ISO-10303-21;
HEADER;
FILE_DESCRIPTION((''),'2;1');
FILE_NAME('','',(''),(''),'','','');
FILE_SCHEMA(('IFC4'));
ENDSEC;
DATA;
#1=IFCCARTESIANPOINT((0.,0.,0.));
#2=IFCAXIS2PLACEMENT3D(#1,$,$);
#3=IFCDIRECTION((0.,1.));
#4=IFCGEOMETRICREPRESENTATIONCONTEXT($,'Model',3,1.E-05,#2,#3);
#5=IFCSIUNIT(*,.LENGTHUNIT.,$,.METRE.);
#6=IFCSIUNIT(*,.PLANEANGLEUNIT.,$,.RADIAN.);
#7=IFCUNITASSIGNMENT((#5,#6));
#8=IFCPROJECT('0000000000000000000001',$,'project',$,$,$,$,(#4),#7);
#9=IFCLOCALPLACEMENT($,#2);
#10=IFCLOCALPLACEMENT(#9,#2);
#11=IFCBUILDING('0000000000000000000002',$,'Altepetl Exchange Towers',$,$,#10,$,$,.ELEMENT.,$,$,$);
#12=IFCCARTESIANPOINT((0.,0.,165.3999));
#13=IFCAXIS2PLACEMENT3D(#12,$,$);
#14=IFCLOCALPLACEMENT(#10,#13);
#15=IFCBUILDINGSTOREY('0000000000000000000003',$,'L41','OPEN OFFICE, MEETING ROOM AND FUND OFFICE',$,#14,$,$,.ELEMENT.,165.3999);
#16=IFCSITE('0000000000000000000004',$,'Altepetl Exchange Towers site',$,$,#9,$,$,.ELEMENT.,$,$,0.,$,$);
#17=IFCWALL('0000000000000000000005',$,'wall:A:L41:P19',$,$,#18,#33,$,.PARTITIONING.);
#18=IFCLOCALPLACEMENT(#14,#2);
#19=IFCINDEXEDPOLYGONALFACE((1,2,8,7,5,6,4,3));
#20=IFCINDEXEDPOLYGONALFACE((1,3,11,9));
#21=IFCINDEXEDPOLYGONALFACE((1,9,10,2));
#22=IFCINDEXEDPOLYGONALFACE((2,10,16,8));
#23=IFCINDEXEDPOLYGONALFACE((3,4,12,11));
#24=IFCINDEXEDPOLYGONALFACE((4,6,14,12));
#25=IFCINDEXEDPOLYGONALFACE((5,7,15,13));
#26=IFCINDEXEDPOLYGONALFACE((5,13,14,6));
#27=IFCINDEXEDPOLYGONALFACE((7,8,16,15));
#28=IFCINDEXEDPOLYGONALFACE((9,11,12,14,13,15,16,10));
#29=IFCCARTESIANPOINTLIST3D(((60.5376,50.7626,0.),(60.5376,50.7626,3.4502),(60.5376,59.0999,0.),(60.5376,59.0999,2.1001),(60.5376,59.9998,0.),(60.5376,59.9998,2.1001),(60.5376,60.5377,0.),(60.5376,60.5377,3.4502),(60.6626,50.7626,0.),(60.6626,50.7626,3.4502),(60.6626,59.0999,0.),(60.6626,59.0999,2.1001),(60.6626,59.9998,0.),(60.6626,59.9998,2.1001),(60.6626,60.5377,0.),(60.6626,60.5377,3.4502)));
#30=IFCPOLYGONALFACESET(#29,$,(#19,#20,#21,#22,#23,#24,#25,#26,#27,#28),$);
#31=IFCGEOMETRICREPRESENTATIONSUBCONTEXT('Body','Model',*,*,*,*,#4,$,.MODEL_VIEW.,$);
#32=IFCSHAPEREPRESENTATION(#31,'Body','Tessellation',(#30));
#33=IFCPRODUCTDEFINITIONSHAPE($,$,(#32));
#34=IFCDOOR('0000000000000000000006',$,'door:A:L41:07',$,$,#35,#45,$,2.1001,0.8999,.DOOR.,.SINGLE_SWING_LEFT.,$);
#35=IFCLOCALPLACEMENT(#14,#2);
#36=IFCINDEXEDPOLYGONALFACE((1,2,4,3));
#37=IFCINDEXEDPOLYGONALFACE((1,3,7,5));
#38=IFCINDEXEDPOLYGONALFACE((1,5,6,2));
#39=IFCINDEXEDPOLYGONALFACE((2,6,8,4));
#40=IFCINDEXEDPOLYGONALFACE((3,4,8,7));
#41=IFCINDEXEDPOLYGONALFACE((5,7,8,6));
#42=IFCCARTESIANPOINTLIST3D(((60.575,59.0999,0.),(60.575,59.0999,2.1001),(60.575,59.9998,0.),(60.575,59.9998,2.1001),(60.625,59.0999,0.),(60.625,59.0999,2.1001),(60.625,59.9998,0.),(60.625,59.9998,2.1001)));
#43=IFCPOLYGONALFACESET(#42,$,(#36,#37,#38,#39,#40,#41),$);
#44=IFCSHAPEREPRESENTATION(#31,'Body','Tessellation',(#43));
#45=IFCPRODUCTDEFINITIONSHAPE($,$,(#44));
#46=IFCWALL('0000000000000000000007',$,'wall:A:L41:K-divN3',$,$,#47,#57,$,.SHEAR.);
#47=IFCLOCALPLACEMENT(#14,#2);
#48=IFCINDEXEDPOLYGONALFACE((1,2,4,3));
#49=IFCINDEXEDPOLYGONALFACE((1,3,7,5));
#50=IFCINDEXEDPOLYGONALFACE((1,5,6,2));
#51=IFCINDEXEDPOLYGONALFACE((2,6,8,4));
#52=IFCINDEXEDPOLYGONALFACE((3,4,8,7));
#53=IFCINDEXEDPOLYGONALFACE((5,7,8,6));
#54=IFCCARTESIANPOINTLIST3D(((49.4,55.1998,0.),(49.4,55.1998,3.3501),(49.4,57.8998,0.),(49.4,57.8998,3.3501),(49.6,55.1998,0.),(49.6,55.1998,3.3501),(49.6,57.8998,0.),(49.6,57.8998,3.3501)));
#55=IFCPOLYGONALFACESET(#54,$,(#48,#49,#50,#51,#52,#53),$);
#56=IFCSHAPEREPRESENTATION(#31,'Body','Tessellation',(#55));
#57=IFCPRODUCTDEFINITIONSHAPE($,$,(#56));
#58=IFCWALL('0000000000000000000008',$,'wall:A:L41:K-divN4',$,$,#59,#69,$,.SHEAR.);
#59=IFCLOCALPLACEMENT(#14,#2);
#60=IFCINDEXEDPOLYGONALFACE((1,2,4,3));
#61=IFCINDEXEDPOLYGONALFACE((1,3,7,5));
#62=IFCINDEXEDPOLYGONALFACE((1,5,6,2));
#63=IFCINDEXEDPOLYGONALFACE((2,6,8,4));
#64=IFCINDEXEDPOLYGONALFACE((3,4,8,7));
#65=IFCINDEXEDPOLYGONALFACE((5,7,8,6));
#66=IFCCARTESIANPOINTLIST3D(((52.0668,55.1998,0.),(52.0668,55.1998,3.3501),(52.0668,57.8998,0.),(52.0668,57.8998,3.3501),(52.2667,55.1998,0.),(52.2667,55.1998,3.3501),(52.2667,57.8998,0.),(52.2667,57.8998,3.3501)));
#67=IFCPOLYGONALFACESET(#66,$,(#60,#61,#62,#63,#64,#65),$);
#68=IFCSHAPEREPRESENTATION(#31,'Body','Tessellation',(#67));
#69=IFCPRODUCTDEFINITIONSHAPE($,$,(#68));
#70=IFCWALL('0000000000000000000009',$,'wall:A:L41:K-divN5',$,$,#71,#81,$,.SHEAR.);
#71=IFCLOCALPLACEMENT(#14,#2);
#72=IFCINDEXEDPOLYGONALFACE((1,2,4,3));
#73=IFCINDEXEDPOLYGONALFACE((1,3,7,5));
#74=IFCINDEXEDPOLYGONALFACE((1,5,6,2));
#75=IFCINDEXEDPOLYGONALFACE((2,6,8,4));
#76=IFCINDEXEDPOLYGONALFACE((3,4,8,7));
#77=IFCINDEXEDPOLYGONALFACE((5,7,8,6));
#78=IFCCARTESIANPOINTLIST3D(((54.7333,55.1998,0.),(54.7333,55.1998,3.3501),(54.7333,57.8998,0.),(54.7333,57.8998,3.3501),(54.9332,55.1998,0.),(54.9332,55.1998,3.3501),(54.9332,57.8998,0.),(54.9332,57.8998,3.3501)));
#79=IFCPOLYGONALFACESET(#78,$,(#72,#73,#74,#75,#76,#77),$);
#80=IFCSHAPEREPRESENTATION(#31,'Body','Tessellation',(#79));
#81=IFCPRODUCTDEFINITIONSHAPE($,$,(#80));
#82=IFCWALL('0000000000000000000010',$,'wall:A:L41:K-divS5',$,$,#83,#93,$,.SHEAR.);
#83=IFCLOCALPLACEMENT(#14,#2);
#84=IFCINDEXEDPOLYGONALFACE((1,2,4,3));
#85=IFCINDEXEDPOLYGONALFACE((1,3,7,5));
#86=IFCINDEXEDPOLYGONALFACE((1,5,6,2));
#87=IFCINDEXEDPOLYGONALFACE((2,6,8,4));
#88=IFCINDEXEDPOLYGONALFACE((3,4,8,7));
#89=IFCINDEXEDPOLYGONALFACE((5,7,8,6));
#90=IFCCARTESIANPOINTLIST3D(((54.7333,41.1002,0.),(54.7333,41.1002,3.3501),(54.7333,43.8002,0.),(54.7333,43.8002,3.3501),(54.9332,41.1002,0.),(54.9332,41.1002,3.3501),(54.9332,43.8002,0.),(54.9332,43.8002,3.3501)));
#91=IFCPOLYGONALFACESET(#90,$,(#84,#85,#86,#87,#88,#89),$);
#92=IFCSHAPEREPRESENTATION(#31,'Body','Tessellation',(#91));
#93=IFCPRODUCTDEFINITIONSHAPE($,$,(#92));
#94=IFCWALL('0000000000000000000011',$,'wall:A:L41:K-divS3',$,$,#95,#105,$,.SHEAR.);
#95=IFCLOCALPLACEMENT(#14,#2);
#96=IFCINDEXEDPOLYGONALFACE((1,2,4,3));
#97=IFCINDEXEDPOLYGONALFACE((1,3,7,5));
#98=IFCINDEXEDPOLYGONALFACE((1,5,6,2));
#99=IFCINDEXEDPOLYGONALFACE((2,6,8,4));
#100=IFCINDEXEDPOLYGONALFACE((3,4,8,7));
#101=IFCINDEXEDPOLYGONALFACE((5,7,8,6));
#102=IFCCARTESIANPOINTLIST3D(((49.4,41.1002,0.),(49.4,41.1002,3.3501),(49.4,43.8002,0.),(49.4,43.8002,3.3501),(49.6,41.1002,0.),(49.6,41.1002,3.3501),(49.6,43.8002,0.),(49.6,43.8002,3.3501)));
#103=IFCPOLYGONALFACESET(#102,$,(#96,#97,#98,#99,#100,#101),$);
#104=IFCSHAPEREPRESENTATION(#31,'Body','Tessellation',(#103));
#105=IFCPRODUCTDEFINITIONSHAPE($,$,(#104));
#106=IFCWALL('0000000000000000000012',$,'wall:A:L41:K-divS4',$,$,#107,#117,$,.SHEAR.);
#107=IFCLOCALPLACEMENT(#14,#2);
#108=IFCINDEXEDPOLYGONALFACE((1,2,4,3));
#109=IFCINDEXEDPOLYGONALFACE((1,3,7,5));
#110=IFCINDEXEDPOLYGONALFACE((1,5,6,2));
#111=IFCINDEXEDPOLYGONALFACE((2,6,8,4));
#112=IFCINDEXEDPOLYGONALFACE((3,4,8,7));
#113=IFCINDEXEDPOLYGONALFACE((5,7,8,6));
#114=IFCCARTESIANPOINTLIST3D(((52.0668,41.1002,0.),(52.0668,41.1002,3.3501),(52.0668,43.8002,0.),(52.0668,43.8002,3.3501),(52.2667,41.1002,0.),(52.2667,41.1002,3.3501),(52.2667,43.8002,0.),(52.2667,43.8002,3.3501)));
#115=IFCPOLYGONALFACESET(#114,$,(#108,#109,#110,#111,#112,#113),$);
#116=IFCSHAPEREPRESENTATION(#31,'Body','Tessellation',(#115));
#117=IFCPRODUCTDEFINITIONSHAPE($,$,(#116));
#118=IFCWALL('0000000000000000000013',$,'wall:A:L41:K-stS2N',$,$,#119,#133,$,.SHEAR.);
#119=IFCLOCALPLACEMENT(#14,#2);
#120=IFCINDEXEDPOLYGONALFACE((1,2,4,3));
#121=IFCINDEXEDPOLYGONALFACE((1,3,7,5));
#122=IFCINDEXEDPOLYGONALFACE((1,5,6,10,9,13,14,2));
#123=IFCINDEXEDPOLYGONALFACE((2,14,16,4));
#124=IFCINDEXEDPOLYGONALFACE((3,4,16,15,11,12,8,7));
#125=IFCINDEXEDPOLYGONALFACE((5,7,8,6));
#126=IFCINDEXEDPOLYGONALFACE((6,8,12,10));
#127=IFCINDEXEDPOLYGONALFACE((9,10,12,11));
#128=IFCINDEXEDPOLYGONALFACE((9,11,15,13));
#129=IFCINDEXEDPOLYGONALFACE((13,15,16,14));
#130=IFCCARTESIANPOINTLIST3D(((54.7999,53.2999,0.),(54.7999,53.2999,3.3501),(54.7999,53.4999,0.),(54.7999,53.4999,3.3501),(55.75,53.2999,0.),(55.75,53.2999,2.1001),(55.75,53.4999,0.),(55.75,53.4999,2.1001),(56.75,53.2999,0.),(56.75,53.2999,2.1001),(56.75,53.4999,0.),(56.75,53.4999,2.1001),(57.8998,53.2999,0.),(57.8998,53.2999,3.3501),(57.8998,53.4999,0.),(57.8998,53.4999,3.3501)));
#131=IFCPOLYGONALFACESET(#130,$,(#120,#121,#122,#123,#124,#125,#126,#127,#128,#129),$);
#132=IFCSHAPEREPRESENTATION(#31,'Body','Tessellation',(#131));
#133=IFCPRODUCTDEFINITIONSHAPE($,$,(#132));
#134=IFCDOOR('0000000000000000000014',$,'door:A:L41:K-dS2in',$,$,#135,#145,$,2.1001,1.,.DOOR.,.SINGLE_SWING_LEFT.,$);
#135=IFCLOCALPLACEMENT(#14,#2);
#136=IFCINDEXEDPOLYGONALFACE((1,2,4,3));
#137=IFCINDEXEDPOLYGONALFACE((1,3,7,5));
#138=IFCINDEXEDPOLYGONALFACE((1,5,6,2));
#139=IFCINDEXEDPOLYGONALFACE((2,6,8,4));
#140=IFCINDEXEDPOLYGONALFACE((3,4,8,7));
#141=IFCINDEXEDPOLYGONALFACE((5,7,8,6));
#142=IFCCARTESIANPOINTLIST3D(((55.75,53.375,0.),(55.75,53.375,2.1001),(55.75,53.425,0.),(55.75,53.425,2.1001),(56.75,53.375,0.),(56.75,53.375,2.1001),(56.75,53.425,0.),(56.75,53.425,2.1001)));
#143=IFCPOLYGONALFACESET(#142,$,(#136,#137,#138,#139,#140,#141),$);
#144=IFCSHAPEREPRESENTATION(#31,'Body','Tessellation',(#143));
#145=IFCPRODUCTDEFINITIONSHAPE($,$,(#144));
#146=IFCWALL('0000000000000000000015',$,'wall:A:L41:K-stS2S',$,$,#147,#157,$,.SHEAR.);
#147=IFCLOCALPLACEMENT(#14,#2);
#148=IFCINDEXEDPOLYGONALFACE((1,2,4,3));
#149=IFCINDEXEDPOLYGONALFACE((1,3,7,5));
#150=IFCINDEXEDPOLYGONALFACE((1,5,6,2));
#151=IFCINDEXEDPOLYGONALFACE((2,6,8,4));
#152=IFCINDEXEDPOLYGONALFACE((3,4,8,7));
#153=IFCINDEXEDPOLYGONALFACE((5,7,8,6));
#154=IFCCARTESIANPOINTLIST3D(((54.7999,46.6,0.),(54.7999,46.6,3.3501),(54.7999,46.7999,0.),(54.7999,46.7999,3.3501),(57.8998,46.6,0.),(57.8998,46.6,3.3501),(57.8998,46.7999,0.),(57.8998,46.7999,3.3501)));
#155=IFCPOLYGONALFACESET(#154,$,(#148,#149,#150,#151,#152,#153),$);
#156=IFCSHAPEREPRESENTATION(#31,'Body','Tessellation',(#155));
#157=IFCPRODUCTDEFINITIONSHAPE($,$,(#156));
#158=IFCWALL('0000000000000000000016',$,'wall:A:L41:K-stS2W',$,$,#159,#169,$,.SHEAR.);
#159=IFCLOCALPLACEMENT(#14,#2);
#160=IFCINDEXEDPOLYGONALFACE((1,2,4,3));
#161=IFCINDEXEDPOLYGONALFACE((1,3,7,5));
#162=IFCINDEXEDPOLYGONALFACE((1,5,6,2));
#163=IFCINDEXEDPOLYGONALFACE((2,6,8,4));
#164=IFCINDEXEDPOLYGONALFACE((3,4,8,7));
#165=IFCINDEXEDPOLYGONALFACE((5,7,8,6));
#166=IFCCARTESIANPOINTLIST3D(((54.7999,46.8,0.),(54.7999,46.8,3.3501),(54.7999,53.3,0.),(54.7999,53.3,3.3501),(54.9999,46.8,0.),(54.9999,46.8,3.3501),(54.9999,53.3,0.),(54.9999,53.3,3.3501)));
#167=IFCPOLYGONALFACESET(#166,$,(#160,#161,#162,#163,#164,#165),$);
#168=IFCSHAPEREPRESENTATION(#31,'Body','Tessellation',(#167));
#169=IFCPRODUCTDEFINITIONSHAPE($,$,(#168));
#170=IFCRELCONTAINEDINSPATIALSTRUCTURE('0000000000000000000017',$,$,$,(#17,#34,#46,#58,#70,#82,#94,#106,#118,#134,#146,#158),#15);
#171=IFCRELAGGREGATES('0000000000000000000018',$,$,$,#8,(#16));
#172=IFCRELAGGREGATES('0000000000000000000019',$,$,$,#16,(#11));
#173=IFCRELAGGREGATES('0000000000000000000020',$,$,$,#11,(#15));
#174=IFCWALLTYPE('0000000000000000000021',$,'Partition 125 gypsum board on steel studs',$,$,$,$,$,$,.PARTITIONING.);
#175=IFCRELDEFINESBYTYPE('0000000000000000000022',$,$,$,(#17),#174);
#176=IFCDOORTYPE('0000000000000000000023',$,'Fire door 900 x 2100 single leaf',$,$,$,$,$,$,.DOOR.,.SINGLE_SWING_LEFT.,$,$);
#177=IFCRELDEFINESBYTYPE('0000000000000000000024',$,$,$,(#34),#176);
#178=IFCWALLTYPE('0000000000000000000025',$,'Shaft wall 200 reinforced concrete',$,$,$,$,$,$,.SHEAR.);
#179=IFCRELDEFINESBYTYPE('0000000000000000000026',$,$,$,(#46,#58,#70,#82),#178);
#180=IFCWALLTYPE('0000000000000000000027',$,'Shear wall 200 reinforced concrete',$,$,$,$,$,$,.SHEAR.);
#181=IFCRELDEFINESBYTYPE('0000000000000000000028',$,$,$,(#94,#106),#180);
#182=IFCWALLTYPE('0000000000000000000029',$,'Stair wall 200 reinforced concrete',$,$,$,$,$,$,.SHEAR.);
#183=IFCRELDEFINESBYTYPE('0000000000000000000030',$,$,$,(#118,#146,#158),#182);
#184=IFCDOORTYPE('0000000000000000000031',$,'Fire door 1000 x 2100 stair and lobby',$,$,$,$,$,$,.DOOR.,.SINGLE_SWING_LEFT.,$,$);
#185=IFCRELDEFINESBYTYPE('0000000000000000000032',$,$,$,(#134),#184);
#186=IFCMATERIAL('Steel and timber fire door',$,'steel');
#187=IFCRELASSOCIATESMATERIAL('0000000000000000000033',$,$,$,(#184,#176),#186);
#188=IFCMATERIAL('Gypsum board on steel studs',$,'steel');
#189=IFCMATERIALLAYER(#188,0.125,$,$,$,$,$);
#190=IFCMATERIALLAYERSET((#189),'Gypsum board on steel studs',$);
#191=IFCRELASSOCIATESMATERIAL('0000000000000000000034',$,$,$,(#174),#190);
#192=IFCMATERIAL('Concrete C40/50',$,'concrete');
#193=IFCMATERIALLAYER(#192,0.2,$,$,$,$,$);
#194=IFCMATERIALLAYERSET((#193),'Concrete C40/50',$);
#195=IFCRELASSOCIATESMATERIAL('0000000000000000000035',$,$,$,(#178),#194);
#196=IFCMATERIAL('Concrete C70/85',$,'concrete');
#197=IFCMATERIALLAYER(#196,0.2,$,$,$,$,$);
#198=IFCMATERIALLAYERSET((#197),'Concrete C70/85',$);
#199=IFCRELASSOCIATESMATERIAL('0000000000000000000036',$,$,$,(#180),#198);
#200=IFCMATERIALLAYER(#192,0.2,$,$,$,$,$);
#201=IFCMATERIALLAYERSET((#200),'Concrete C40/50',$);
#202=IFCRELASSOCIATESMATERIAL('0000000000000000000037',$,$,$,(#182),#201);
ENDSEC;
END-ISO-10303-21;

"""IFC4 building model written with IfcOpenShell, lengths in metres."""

from ifc_helpers import new_model, si_unit, direction, frame, frame_2d, origin, place, context, subcontext, project, spatial, rectangle, extrude, material, layer, layer_set, type_object, element, fill, save


model = new_model("IFC4")

# Units and contexts
model_context = context("Model", 3, precision=1e-05, world=origin(), true_north=direction((0.0, 1.0)))
body_context = subcontext(model_context, "Body", "Model", "MODEL_VIEW")
ifc_project = project(units=[si_unit("LENGTHUNIT", "METRE"), si_unit("PLANEANGLEUNIT", "RADIAN")], contexts=[model_context])

# Site, building, storey
site_placement = place(None, origin())
site = spatial("IfcSite", under=ifc_project, at=site_placement, Name="Altepetl Exchange Towers site", CompositionType="ELEMENT", RefElevation=0.0)
building_placement = place(site_placement, origin())
building = spatial("IfcBuilding", under=site, at=building_placement, Name="Altepetl Exchange Towers", CompositionType="ELEMENT")
storey_placement = place(building_placement, frame((0.0, 0.0, 165.3999)))
storey = spatial("IfcBuildingStorey", under=building, at=storey_placement, Name="L41", Description="OPEN OFFICE, MEETING ROOM AND FUND OFFICE", CompositionType="ELEMENT", Elevation=165.3999)

# Shared definitions
ifc_material_1 = material(Name="Concrete C70/85", Category="concrete")
ifc_material_2 = material(Name="Steel and timber fire door", Category="steel")
door_type_1 = type_object("IfcDoorType", Name="Fire door 1000 x 2100 stair and lobby", OperationType="SINGLE_SWING_LEFT", PredefinedType="DOOR", material=ifc_material_2)

# Shared definitions
ifc_material_3 = material(Name="Gypsum board on steel studs", Category="steel")
ifc_layer_1 = layer(ifc_material_3, 0.125)
ifc_layer_set_1 = layer_set([ifc_layer_1], Name="Gypsum board on steel studs")
wall_type_1 = type_object("IfcWallType", Name="Partition 125 gypsum board on steel studs", PredefinedType="PARTITIONING", material=ifc_layer_set_1)

# Wall, opening, door
wall_1_placement = place(storey_placement, frame((60.6001, 50.7625, 0.0), z_axis=(0.0, 0.0, 1.0), x_axis=(0.0, 1.0, 0.0)))
wall_1 = element("IfcWall", 1, at=wall_1_placement, inside=storey, type_object=wall_type_1, Name="wall:A:L41:P19", PredefinedType="PARTITIONING", context=body_context, shape_type="SweptSolid", body=[
    extrude(rectangle(XDim=9.7751, YDim=0.125, at=frame_2d((4.8877, 0.0))), origin(), (0.0, 0.0, 1.0), 3.4502),
])
opening_1_placement = place(wall_1_placement, frame((8.3374, 0.0, 0.0)))
opening_1 = element("IfcOpeningElement", 2, at=opening_1_placement, cuts=wall_1, PredefinedType="OPENING", context=body_context, shape_type="SweptSolid", body=[
    extrude(rectangle(XDim=0.8999, YDim=2.1001, at=frame_2d((0.45, 1.05))), frame((0.0, 0.0725, 0.0), z_axis=(0.0, -1.0, 0.0), x_axis=(1.0, 0.0, 0.0)), (0.0, 0.0, 1.0), 0.145),
])
door_type_2 = type_object("IfcDoorType", Name="Fire door 900 x 2100 single leaf", OperationType="SINGLE_SWING_LEFT", PredefinedType="DOOR", material=ifc_material_2)
door_1_placement = place(opening_1_placement, frame((0.8999, 0.0, 0.0), x_axis=(-1.0, 0.0, 0.0)))
door_1 = element("IfcDoor", 3, at=door_1_placement, inside=storey, type_object=door_type_2, Name="door:A:L41:07", OperationType="SINGLE_SWING_LEFT", OverallHeight=2.1001, OverallWidth=0.8999, PredefinedType="DOOR", context=body_context, shape_type="SweptSolid", body=[
    extrude(rectangle(XDim=0.8999, YDim=2.1001, at=frame_2d((0.45, 1.05))), frame((0.0, 0.0249, 0.0), z_axis=(0.0, -1.0, 0.0), x_axis=(1.0, 0.0, 0.0)), (0.0, 0.0, 1.0), 0.05),
])
fill(opening_1, door_1)

# Walls
ifc_material_4 = material(Name="Concrete C40/50", Category="concrete")
ifc_layer_2 = layer(ifc_material_4, 0.2)
ifc_layer_set_2 = layer_set([ifc_layer_2], Name="Concrete C40/50")
wall_type_2 = type_object("IfcWallType", Name="Shaft wall 200 reinforced concrete", PredefinedType="SHEAR", material=ifc_layer_set_2)
for number, where, z_axis, x_axis, name in (
    (4, (49.5, 57.8999, 0.0), (0.0, 0.0, 1.0), (0.0, -1.0, 0.0), "wall:A:L41:K-divN3"),
    (5, (52.1667, 57.8999, 0.0), (0.0, 0.0, 1.0), (0.0, -1.0, 0.0), "wall:A:L41:K-divN4"),
    (6, (54.8333, 57.8999, 0.0), (0.0, 0.0, 1.0), (0.0, -1.0, 0.0), "wall:A:L41:K-divN5"),
    (7, (54.8333, 41.1001, 0.0), (0.0, 0.0, 1.0), (0.0, 1.0, 0.0), "wall:A:L41:K-divS5"),
):
    element("IfcWall", number, at=place(storey_placement, frame(where, z_axis=z_axis, x_axis=x_axis)), inside=storey, type_object=wall_type_2, Name=name, PredefinedType="SHEAR", context=body_context, shape_type="SweptSolid", body=[
        extrude(rectangle(XDim=2.7, YDim=0.2, at=frame_2d((1.3501, 0.0))), origin(), (0.0, 0.0, 1.0), 3.3501),
    ])
ifc_layer_3 = layer(ifc_material_1, 0.2)
ifc_layer_set_3 = layer_set([ifc_layer_3], Name="Concrete C70/85")
wall_type_3 = type_object("IfcWallType", Name="Shear wall 200 reinforced concrete", PredefinedType="SHEAR", material=ifc_layer_set_3)
for number, where, z_axis, x_axis, name in (
    (8, (49.5, 41.1001, 0.0), (0.0, 0.0, 1.0), (0.0, 1.0, 0.0), "wall:A:L41:K-divS3"),
    (9, (52.1667, 41.1001, 0.0), (0.0, 0.0, 1.0), (0.0, 1.0, 0.0), "wall:A:L41:K-divS4"),
):
    element("IfcWall", number, at=place(storey_placement, frame(where, z_axis=z_axis, x_axis=x_axis)), inside=storey, type_object=wall_type_3, Name=name, PredefinedType="SHEAR", context=body_context, shape_type="SweptSolid", body=[
        extrude(rectangle(XDim=2.7, YDim=0.2, at=frame_2d((1.3501, 0.0))), origin(), (0.0, 0.0, 1.0), 3.3501),
    ])

# Wall, opening, door
ifc_layer_4 = layer(ifc_material_4, 0.2)
ifc_layer_set_4 = layer_set([ifc_layer_4], Name="Concrete C40/50")
wall_type_4 = type_object("IfcWallType", Name="Stair wall 200 reinforced concrete", PredefinedType="SHEAR", material=ifc_layer_set_4)
wall_2_placement = place(storey_placement, frame((54.8, 53.3999, 0.0)))
wall_2 = element("IfcWall", 10, at=wall_2_placement, inside=storey, type_object=wall_type_4, Name="wall:A:L41:K-stS2N", PredefinedType="SHEAR", context=body_context, shape_type="SweptSolid", body=[
    extrude(rectangle(XDim=3.0999, YDim=0.2, at=frame_2d((1.5498, 0.0))), origin(), (0.0, 0.0, 1.0), 3.3501),
])
opening_2_placement = place(wall_2_placement, frame((0.95, 0.0, 0.0)))
opening_2 = element("IfcOpeningElement", 11, at=opening_2_placement, cuts=wall_2, PredefinedType="OPENING", context=body_context, shape_type="SweptSolid", body=[
    extrude(rectangle(XDim=1.0, YDim=2.1001, at=frame_2d((0.5, 1.05))), frame((0.0, 0.1099, 0.0), z_axis=(0.0, -1.0, 0.0), x_axis=(1.0, 0.0, 0.0)), (0.0, 0.0, 1.0), 0.22),
])
door_2_placement = place(opening_2_placement, frame((1.0, 0.0, 0.0), x_axis=(-1.0, 0.0, 0.0)))
door_2 = element("IfcDoor", 12, at=door_2_placement, inside=storey, type_object=door_type_1, Name="door:A:L41:K-dS2in", OperationType="SINGLE_SWING_LEFT", OverallHeight=2.1001, OverallWidth=1.0, PredefinedType="DOOR", context=body_context, shape_type="SweptSolid", body=[
    extrude(rectangle(XDim=1.0, YDim=2.1001, at=frame_2d((0.5, 1.05))), frame((0.0, 0.0249, 0.0), z_axis=(0.0, -1.0, 0.0), x_axis=(1.0, 0.0, 0.0)), (0.0, 0.0, 1.0), 0.05),
])
fill(opening_2, door_2)

# Walls
wall_3_placement = place(storey_placement, frame((54.8, 46.7, 0.0)))
element("IfcWall", 13, at=wall_3_placement, inside=storey, type_object=wall_type_4, Name="wall:A:L41:K-stS2S", PredefinedType="SHEAR", context=body_context, shape_type="SweptSolid", body=[
    extrude(rectangle(XDim=3.0999, YDim=0.2, at=frame_2d((1.5498, 0.0))), origin(), (0.0, 0.0, 1.0), 3.3501),
])
wall_4_placement = place(storey_placement, frame((54.8999, 46.8, 0.0), z_axis=(0.0, 0.0, 1.0), x_axis=(0.0, 1.0, 0.0)))
element("IfcWall", 14, at=wall_4_placement, inside=storey, type_object=wall_type_4, Name="wall:A:L41:K-stS2W", PredefinedType="SHEAR", context=body_context, shape_type="SweptSolid", body=[
    extrude(rectangle(XDim=6.5, YDim=0.2, at=frame_2d((3.25, 0.0))), origin(), (0.0, 0.0, 1.0), 3.3501),
])

save(model, "model.ifc")
